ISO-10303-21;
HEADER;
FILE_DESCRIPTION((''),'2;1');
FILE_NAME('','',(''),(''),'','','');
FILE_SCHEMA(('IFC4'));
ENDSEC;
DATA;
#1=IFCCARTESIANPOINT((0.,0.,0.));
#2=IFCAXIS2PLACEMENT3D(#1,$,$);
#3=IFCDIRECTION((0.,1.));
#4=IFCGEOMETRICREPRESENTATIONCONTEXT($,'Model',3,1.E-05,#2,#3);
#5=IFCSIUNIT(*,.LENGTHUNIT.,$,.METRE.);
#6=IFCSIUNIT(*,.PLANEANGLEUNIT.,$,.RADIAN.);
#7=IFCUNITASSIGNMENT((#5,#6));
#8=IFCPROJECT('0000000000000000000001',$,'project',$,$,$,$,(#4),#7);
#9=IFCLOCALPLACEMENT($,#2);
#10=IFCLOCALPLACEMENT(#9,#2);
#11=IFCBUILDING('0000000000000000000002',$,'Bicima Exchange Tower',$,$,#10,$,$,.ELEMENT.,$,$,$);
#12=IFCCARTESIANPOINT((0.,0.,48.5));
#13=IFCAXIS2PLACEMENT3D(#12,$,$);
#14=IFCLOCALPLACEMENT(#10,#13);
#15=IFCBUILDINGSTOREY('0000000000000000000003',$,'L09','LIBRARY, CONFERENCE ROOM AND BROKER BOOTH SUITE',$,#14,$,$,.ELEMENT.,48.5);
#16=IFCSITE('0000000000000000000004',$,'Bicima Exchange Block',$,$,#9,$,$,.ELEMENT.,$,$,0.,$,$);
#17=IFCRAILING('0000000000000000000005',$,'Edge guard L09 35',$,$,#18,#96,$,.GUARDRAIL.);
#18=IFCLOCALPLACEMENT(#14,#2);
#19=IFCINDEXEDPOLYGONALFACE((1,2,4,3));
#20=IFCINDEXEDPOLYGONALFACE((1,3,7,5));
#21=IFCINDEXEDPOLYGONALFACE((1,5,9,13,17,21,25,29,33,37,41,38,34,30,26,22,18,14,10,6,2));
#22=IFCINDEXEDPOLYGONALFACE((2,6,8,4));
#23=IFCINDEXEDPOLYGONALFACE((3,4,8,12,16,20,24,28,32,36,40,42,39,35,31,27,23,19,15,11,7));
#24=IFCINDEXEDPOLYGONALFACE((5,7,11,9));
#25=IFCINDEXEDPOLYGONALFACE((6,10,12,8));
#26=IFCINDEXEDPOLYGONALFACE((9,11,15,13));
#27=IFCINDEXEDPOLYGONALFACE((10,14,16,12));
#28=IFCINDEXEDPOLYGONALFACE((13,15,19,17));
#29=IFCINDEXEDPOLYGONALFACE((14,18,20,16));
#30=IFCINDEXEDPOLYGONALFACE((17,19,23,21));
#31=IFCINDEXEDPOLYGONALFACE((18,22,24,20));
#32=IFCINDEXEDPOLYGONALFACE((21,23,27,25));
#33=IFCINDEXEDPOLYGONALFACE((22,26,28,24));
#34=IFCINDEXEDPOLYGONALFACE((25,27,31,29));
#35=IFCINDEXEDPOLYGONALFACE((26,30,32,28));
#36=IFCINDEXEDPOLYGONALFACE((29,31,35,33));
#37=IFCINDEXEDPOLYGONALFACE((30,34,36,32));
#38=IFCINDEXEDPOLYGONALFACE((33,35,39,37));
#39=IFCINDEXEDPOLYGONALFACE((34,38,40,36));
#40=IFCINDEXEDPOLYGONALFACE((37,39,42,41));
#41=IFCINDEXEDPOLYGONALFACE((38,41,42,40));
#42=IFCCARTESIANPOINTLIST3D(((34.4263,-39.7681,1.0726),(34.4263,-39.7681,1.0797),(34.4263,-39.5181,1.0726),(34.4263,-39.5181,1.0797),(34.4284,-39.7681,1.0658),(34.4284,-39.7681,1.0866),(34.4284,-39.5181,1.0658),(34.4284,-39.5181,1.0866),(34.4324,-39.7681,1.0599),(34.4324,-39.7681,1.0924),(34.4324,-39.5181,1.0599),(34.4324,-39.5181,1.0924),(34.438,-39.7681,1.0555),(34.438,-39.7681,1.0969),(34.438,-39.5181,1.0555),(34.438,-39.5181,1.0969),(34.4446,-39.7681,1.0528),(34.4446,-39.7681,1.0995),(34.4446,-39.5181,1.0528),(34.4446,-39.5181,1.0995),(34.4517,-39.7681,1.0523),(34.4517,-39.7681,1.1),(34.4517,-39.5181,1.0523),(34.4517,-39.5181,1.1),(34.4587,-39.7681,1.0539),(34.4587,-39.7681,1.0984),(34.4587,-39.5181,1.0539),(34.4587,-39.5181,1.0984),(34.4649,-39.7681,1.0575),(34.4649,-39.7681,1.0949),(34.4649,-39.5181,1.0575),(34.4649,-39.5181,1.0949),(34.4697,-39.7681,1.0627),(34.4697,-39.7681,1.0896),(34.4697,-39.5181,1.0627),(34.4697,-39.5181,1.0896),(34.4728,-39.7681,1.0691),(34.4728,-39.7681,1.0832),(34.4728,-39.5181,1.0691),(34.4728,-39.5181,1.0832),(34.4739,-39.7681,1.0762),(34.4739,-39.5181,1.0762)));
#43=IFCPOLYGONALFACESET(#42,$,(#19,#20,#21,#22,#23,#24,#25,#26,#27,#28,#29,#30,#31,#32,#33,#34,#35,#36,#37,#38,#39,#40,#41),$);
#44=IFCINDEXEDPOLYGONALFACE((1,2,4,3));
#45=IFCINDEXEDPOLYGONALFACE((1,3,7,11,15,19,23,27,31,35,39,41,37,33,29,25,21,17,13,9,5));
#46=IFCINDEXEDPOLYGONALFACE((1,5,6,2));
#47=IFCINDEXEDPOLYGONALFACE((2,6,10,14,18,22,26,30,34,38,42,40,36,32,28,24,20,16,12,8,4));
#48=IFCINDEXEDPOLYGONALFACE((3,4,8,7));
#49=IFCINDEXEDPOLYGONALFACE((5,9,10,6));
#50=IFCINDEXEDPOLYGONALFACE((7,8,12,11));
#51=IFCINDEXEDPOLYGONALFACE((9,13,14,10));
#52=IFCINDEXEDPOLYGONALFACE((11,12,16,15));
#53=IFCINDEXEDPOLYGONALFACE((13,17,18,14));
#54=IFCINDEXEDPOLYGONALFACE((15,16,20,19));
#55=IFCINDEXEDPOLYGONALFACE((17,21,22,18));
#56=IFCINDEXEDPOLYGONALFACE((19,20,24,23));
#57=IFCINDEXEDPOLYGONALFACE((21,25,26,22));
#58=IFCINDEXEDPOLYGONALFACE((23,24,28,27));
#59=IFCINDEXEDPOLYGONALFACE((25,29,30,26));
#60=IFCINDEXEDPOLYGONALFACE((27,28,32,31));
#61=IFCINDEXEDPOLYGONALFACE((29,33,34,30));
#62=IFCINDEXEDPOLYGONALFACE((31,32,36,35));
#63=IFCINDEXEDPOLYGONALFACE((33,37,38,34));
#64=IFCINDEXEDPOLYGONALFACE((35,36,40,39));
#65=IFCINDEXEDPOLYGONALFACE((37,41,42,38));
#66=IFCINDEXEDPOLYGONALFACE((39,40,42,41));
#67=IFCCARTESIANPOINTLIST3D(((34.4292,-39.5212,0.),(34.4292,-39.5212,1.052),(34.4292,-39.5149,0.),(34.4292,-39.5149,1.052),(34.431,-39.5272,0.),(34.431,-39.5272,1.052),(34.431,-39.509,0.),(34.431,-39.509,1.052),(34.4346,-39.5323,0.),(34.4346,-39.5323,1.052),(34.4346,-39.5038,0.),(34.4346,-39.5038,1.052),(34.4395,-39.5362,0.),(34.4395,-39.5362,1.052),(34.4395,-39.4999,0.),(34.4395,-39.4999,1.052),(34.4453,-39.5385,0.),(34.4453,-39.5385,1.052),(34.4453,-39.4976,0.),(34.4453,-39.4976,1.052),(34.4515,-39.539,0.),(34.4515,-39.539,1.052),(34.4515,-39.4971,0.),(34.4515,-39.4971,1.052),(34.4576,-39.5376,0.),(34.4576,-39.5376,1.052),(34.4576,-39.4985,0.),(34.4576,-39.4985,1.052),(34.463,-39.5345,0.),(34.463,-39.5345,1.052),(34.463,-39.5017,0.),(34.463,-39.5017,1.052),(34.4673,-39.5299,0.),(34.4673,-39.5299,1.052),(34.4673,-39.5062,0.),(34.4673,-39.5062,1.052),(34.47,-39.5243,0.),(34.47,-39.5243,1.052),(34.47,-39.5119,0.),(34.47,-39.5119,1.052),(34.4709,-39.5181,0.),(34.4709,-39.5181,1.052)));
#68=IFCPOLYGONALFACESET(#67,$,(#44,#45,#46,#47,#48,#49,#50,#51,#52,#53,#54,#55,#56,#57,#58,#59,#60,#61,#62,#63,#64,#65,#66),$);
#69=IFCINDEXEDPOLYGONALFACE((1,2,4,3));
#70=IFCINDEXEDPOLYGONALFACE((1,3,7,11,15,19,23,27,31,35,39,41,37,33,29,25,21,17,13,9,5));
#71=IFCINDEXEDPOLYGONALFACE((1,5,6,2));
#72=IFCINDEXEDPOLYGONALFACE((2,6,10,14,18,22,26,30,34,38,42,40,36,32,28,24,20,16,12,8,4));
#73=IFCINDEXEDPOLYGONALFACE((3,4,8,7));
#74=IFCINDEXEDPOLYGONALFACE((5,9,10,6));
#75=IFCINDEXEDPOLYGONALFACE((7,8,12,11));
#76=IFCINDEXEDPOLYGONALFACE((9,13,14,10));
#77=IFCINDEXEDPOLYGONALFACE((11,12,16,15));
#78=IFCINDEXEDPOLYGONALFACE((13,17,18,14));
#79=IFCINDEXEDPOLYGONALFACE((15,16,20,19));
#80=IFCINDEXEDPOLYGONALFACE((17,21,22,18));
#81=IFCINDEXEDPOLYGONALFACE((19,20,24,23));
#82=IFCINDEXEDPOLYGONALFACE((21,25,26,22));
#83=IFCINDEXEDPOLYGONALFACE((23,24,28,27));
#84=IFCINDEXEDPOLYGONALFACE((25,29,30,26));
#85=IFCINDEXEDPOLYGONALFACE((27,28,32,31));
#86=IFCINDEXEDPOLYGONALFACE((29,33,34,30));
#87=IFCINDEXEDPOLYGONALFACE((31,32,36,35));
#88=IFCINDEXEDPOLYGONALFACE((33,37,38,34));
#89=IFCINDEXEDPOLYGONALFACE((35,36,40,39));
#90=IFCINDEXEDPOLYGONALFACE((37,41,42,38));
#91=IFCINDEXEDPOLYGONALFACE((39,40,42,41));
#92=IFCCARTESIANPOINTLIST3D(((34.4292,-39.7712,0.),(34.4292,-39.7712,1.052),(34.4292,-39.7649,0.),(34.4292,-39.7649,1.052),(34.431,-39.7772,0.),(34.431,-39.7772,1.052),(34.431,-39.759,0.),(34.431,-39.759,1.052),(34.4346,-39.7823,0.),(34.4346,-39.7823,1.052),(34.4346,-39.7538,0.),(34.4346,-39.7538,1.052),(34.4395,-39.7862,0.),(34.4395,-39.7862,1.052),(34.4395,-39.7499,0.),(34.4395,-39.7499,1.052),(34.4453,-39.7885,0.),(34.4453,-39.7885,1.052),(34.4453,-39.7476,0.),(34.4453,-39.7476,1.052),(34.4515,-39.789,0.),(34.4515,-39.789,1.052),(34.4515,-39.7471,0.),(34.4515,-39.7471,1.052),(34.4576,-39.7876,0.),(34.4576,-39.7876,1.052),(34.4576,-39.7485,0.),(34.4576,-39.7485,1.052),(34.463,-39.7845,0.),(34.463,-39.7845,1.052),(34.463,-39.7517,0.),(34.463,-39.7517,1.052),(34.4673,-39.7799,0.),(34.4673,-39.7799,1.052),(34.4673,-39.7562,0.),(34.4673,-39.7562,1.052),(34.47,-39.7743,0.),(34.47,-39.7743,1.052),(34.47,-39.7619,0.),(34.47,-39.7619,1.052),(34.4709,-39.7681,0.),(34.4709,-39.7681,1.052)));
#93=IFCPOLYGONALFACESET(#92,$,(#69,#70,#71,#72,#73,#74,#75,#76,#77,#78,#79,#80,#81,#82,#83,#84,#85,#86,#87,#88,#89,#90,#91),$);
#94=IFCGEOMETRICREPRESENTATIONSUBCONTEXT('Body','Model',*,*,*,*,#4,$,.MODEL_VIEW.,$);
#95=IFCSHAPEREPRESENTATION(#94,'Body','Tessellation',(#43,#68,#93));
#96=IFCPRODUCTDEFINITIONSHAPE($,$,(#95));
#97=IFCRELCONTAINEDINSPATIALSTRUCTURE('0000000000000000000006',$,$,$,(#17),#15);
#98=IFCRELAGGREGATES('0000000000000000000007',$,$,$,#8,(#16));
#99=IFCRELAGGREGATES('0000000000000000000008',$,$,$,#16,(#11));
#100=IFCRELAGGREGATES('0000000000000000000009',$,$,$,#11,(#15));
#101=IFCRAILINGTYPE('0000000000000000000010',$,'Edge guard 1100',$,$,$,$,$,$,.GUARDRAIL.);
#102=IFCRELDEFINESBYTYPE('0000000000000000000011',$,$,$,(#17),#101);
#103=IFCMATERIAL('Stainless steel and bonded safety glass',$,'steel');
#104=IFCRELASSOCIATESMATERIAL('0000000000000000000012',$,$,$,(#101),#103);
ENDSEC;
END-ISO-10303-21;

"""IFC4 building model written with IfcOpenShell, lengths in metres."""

from ifc_helpers import new_model, si_unit, direction, frame, origin, origin_2d, place, context, subcontext, project, spatial, circle, extrude, material, type_object, element, save


model = new_model("IFC4")

# Units and contexts
model_context = context("Model", 3, precision=1e-05, world=origin(), true_north=direction((0.0, 1.0)))
body_context = subcontext(model_context, "Body", "Model", "MODEL_VIEW")
ifc_project = project(units=[si_unit("LENGTHUNIT", "METRE"), si_unit("PLANEANGLEUNIT", "RADIAN")], contexts=[model_context])

# Site, building, storey
site_placement = place(None, origin())
site = spatial("IfcSite", under=ifc_project, at=site_placement, Name="Bicima Exchange Block", CompositionType="ELEMENT", RefElevation=0.0)
building_placement = place(site_placement, origin())
building = spatial("IfcBuilding", under=site, at=building_placement, Name="Bicima Exchange Tower", CompositionType="ELEMENT")
storey_placement = place(building_placement, frame((0.0, 0.0, 48.5)))
storey = spatial("IfcBuildingStorey", under=building, at=storey_placement, Name="L09", Description="LIBRARY, CONFERENCE ROOM AND BROKER BOOTH SUITE", CompositionType="ELEMENT", Elevation=48.5)

# Railing
ifc_material_1 = material(Name="Stainless steel and bonded safety glass", Category="steel")
railing_type = type_object("IfcRailingType", Name="Edge guard 1100", PredefinedType="GUARDRAIL", material=ifc_material_1)
railing_1_placement = place(storey_placement, frame((34.45, -39.5181, 0.0)))
element("IfcRailing", 1, at=railing_1_placement, inside=storey, type_object=railing_type, Name="Edge guard L09 35", PredefinedType="GUARDRAIL", context=body_context, shape_type="SweptSolid", body=[
    extrude(circle(Radius=0.0239, at=origin_2d()), frame((0.0, 0.0, 1.0762), z_axis=(0.0, -1.0, 0.0), x_axis=(1.0, 0.0, 0.0)), (0.0, 0.0, 1.0), 0.25),
    extrude(circle(Radius=0.021, at=origin_2d()), origin(), (0.0, 0.0, 1.0), 1.052),
    extrude(circle(Radius=0.021, at=origin_2d()), frame((0.0, -0.25, 0.0)), (0.0, 0.0, 1.0), 1.052),
])

save(model, "model.ifc")
